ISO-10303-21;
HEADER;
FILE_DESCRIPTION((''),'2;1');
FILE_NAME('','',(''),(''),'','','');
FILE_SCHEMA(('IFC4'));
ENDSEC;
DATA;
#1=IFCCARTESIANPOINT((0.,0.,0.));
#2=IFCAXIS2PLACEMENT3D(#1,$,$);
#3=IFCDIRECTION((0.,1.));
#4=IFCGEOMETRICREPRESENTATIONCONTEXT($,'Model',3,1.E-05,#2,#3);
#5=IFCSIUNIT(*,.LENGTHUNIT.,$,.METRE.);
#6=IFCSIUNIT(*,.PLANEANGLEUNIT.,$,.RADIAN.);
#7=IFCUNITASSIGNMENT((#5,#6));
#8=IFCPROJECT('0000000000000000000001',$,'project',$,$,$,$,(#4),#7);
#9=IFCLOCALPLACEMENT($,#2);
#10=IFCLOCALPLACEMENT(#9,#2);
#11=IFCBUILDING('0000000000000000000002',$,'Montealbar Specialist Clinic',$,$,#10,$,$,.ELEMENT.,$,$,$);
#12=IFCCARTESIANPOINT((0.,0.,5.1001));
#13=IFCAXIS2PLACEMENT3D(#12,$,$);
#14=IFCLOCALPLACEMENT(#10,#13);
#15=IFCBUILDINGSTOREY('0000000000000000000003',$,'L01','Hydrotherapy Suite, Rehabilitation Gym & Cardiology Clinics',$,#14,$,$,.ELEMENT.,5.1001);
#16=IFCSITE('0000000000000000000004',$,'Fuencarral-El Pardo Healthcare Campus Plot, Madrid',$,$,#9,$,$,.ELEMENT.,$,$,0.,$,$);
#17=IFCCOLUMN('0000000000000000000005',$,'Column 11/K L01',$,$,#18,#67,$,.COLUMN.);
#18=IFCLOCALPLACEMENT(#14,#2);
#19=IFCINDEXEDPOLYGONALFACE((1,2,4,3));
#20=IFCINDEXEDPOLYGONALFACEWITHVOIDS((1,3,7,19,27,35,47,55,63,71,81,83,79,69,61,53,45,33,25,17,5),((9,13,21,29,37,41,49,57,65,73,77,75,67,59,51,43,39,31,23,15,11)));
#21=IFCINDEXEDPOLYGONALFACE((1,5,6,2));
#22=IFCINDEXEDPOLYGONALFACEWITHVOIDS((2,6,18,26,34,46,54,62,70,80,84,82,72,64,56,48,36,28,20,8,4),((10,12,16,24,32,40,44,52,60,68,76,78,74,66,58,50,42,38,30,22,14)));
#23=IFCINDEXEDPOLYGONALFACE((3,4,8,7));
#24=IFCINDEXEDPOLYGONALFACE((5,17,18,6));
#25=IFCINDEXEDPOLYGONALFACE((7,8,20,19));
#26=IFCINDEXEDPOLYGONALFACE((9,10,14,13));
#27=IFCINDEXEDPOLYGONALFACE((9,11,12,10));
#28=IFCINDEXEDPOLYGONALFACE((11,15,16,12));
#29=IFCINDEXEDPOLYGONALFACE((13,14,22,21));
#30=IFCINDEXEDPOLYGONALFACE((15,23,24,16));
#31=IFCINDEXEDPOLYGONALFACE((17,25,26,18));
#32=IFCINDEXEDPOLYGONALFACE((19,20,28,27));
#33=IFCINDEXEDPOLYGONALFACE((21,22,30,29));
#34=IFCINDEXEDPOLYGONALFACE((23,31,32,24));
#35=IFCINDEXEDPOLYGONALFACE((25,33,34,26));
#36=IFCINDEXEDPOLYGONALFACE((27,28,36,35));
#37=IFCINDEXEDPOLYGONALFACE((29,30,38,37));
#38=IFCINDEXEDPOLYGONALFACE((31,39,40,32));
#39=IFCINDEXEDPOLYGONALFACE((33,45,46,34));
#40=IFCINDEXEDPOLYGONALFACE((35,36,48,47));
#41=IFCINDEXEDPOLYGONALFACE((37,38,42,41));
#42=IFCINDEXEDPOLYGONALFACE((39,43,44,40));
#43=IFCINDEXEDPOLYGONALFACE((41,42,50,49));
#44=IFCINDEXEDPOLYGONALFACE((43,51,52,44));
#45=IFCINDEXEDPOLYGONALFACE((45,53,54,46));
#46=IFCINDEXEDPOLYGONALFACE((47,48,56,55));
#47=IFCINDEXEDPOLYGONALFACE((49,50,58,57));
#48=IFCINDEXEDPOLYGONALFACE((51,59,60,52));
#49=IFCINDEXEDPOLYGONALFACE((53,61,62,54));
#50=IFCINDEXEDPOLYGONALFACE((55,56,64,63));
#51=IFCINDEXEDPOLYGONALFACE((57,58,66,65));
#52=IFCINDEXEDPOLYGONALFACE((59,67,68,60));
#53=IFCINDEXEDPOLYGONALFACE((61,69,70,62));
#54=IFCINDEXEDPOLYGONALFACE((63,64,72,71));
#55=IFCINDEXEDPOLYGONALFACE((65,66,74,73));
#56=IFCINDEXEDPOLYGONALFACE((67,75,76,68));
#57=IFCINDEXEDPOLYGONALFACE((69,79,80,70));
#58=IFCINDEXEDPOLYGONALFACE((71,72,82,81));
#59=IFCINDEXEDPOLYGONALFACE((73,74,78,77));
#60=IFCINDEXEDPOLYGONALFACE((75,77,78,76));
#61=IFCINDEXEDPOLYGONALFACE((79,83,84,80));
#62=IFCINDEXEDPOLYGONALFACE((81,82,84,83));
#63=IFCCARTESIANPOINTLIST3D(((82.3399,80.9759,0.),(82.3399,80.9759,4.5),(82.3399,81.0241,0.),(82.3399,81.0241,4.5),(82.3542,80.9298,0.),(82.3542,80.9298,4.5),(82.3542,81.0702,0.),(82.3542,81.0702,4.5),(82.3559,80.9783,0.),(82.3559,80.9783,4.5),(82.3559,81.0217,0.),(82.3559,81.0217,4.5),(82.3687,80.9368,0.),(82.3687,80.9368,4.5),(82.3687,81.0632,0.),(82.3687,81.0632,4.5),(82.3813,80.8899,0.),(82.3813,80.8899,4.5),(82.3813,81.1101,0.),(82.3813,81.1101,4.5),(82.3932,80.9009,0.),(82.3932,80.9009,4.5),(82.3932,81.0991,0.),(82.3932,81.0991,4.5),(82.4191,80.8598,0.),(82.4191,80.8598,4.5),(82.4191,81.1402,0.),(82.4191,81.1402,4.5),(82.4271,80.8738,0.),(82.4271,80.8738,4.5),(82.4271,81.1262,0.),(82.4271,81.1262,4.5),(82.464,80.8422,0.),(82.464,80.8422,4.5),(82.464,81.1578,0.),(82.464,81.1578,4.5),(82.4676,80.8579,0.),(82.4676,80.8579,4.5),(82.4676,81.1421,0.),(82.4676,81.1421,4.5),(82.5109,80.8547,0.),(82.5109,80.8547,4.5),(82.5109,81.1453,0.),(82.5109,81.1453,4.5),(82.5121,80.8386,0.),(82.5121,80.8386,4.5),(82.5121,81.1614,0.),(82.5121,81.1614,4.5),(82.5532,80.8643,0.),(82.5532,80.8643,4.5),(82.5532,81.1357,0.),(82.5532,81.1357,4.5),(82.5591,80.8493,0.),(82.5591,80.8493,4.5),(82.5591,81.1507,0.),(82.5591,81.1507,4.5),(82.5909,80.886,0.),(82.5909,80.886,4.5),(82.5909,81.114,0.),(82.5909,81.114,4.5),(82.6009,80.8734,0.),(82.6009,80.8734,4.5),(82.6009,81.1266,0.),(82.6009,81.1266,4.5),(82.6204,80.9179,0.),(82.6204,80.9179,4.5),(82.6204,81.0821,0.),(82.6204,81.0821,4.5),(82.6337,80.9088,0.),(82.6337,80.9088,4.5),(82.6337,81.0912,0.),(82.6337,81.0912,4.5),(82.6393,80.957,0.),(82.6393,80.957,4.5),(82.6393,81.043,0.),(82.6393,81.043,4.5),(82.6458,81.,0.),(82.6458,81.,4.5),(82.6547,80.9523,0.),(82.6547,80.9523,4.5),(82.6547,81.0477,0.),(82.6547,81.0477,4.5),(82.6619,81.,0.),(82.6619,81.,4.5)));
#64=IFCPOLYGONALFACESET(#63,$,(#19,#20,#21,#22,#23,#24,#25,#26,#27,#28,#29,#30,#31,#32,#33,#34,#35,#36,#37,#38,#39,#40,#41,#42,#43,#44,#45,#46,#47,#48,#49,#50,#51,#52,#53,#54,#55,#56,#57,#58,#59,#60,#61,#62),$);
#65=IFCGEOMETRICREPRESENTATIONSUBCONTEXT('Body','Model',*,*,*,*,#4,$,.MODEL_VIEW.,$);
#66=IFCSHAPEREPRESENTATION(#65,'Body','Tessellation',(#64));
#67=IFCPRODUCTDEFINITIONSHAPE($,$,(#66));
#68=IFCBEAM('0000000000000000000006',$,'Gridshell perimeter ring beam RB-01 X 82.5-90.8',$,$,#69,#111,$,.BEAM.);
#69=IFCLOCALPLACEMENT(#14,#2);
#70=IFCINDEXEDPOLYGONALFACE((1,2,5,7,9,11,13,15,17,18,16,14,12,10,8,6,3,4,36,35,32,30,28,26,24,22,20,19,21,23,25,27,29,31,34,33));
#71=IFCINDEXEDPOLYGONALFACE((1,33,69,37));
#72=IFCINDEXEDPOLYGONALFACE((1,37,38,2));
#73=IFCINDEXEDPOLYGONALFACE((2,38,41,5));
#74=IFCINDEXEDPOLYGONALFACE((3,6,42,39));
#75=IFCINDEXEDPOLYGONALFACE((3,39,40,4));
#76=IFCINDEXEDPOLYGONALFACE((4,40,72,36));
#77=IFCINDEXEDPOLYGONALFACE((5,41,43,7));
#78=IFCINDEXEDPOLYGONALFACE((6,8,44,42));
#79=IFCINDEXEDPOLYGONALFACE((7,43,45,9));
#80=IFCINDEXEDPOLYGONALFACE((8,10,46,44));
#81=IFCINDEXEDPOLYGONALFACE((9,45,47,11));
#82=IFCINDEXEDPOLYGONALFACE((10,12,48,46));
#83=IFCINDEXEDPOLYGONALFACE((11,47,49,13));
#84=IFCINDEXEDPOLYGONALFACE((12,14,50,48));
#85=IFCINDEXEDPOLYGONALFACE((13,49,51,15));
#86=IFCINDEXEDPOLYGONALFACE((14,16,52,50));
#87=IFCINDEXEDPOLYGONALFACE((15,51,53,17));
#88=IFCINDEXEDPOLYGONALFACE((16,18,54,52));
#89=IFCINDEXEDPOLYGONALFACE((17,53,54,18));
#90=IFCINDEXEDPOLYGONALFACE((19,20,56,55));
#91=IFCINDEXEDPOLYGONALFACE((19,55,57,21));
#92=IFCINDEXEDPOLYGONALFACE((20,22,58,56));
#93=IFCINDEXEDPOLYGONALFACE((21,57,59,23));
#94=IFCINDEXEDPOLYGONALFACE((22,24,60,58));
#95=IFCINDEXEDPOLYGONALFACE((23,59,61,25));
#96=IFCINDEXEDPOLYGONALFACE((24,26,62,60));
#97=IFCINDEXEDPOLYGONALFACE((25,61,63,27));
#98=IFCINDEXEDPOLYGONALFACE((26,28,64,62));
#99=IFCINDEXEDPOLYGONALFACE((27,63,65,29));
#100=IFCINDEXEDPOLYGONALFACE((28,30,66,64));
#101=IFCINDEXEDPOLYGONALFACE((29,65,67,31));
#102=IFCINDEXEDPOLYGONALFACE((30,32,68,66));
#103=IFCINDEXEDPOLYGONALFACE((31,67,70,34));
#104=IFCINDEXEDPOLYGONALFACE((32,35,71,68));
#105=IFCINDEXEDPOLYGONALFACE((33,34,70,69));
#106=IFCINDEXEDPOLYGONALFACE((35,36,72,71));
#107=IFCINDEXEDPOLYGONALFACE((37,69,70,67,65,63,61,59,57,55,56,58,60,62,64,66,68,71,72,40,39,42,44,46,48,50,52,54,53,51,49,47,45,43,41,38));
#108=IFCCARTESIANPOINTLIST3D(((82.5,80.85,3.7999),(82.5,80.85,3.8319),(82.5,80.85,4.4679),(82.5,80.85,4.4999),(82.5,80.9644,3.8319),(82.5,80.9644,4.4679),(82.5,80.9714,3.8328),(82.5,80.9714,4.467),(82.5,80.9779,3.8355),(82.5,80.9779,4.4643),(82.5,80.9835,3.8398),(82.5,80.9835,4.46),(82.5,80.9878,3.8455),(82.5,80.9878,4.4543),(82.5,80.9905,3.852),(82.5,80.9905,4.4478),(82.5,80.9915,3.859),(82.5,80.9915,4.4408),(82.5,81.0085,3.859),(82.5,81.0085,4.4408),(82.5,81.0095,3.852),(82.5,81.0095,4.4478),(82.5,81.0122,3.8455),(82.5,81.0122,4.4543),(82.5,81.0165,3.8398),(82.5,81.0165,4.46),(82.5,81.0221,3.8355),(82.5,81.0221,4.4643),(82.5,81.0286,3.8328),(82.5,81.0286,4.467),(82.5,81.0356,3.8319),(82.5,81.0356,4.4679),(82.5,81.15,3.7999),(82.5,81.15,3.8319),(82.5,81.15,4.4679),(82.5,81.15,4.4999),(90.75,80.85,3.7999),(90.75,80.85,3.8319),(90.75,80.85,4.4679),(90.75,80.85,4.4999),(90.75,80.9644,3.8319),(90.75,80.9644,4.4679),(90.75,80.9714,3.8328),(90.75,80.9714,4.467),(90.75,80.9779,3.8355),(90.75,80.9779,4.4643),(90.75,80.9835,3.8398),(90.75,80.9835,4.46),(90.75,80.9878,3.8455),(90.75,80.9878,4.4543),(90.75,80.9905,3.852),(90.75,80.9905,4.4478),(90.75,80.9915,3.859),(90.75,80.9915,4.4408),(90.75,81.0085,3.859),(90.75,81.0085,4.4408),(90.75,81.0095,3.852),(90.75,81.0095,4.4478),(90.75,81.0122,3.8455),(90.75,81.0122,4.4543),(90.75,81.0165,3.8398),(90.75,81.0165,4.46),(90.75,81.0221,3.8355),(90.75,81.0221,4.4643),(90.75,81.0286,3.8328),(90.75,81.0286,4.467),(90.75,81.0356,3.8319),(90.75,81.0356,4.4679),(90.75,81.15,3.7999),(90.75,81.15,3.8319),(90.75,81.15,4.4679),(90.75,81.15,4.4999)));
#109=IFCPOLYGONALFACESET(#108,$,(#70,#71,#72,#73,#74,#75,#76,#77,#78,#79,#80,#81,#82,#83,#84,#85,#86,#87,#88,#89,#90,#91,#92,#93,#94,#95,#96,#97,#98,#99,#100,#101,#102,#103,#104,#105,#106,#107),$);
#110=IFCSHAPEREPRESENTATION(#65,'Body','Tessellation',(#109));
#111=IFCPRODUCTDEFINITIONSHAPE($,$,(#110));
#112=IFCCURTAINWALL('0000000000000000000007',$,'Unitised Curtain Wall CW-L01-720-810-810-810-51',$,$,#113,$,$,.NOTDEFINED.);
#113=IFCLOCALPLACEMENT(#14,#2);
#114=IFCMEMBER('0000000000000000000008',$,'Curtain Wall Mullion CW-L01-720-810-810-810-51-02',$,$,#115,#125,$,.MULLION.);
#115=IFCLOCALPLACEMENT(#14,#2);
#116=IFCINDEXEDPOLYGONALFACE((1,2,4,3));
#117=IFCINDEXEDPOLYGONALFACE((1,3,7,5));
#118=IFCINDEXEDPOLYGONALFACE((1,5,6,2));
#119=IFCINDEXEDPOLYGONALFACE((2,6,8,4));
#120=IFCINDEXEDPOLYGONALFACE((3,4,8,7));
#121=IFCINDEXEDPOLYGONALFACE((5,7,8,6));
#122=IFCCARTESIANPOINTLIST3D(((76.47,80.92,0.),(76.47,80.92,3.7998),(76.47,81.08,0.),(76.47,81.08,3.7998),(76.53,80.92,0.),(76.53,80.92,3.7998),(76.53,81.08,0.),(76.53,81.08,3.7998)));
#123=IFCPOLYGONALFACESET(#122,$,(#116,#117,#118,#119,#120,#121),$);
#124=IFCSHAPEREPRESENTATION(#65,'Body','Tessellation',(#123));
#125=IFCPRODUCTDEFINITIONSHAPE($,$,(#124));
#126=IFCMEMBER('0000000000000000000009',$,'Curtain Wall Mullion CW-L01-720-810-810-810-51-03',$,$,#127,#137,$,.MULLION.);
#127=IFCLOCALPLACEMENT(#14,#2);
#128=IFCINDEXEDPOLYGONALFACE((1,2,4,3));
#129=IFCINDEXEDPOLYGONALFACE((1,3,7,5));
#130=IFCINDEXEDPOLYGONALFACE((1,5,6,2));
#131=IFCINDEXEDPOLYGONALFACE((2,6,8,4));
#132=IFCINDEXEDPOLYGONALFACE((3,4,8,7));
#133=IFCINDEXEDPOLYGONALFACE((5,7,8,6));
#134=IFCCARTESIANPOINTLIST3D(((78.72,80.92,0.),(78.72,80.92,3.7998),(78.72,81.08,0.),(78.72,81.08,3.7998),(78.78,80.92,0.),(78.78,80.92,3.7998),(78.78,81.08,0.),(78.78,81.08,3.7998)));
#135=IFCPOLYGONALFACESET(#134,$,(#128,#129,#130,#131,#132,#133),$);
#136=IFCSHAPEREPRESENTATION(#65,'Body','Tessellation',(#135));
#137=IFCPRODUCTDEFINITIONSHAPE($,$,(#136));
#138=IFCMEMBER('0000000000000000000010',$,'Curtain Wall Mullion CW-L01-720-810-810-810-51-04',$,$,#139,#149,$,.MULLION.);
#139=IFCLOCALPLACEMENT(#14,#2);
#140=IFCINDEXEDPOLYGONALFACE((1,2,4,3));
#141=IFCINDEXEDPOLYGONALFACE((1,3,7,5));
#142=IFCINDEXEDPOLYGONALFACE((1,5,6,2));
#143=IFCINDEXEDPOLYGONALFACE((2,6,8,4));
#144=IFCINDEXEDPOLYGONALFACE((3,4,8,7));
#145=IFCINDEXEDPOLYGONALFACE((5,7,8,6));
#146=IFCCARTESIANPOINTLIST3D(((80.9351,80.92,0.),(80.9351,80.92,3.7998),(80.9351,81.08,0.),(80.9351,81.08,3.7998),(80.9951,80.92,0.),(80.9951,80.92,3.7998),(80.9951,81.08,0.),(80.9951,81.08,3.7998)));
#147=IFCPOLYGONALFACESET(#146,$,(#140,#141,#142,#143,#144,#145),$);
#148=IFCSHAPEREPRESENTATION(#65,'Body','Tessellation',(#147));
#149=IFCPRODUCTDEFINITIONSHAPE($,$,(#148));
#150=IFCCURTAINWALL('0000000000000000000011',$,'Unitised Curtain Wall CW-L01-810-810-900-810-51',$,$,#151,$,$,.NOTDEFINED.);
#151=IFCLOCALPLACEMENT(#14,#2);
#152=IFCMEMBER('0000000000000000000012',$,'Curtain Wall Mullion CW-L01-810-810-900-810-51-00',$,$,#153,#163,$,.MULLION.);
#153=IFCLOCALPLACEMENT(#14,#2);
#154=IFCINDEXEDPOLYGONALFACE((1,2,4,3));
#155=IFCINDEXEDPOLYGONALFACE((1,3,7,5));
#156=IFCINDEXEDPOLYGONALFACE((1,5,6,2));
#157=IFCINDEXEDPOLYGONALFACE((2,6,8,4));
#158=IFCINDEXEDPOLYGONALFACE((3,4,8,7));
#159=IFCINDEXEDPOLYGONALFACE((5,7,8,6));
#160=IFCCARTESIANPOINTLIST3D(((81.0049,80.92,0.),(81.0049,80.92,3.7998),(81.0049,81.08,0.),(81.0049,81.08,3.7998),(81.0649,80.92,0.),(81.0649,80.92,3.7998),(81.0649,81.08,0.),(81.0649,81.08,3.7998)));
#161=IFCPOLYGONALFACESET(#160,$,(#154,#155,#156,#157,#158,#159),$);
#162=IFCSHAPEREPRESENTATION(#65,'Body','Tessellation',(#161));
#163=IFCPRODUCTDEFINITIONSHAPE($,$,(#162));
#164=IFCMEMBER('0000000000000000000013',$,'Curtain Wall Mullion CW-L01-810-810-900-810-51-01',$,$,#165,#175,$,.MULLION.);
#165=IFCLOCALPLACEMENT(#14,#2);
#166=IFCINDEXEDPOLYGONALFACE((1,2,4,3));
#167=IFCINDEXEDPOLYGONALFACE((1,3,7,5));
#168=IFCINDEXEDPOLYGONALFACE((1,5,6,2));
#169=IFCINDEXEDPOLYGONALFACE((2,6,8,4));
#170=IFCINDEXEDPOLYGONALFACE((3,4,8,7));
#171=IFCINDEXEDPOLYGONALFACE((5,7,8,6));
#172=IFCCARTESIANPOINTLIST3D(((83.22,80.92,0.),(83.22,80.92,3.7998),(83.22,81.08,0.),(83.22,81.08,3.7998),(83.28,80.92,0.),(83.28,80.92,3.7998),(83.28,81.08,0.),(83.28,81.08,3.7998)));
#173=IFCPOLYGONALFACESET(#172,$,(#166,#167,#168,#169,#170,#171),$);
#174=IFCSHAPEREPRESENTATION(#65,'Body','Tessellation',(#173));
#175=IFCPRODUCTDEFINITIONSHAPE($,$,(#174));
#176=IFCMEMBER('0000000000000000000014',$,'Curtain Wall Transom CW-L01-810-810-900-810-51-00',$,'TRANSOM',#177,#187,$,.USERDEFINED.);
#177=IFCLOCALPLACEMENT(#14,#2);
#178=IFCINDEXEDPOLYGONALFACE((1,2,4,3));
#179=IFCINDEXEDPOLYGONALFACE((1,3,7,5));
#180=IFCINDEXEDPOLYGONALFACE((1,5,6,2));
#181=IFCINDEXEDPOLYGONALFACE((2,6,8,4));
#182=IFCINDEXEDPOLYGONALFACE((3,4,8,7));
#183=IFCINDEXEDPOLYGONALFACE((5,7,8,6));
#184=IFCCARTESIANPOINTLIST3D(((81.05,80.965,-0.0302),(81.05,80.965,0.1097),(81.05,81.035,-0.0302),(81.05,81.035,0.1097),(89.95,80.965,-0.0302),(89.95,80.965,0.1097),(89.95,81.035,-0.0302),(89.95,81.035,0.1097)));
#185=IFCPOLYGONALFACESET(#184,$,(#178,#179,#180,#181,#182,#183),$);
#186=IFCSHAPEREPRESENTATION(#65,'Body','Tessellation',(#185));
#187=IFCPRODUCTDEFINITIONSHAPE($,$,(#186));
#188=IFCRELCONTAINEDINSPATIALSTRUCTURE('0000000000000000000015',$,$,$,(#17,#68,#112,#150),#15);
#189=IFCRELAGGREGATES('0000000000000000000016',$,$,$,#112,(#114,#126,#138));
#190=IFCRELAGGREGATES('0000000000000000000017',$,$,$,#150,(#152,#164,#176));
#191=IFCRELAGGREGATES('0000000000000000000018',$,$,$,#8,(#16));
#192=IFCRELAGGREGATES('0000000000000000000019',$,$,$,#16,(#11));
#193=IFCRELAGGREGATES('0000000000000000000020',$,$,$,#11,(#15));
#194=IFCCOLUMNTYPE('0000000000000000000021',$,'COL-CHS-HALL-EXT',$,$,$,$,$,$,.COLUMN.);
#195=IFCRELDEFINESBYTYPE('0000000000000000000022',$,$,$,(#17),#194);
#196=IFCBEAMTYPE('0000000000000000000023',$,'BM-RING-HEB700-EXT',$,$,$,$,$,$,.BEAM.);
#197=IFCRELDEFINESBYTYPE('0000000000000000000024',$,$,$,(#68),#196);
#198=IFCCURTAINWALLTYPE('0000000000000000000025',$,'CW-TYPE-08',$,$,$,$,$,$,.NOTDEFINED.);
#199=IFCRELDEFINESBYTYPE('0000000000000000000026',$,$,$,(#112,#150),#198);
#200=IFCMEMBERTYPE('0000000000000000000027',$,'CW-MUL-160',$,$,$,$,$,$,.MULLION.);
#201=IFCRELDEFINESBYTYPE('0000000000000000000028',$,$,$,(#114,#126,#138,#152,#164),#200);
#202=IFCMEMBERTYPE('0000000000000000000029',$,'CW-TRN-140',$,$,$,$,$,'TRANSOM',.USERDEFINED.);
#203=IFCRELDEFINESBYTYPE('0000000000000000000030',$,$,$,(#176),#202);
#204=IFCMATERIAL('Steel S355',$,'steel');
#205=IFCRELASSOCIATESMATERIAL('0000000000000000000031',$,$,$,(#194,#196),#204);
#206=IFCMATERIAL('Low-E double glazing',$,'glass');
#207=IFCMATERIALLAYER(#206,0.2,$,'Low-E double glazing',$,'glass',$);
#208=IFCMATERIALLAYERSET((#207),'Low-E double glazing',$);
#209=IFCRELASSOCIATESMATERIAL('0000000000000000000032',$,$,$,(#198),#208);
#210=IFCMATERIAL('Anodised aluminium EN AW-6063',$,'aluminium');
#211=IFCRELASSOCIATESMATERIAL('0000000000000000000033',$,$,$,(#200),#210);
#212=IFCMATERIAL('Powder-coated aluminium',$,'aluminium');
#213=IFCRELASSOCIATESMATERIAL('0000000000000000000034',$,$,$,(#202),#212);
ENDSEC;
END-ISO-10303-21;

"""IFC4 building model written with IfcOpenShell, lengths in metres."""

from ifc_helpers import new_model, si_unit, direction, frame, origin, origin_2d, place, context, subcontext, project, spatial, rectangle, hollow_circle, i_section, extrude, material, layer, layer_set, material_profile, profile_set, type_object, element, aggregate, save


model = new_model("IFC4")

# Units and contexts
model_context = context("Model", 3, precision=1e-05, world=origin(), true_north=direction((0.0, 1.0)))
body_context = subcontext(model_context, "Body", "Model", "MODEL_VIEW")
ifc_project = project(units=[si_unit("LENGTHUNIT", "METRE"), si_unit("PLANEANGLEUNIT", "RADIAN")], contexts=[model_context])

# Site, building, storey
site_placement = place(None, origin())
site = spatial("IfcSite", under=ifc_project, at=site_placement, Name="Fuencarral-El Pardo Healthcare Campus Plot, Madrid", CompositionType="ELEMENT", RefElevation=0.0)
building_placement = place(site_placement, origin())
building = spatial("IfcBuilding", under=site, at=building_placement, Name="Montealbar Specialist Clinic", CompositionType="ELEMENT")
storey_placement = place(building_placement, frame((0.0, 0.0, 5.1001)))
storey = spatial("IfcBuildingStorey", under=building, at=storey_placement, Name="L01", Description="Hydrotherapy Suite, Rehabilitation Gym & Cardiology Clinics", CompositionType="ELEMENT", Elevation=5.1001)

# Column
ifc_material_1 = material(Name="Steel S355", Category="steel")
ifc_material_profile_1 = material_profile(ifc_material_1, hollow_circle(Radius=0.1619, WallThickness=0.0161, at=origin_2d()), Name="CHS 323.9x16.0", Category="steel")
ifc_profile_set_1 = profile_set([ifc_material_profile_1], Name="Steel S355")
column_type = type_object("IfcColumnType", Name="COL-CHS-HALL-EXT", PredefinedType="COLUMN", material=ifc_profile_set_1)
column_placement = place(storey_placement, frame((82.5, 81.0, 0.0), z_axis=(0.0, 0.0, 1.0), x_axis=(1.0, 0.0, 0.0)))
element("IfcColumn", 1, at=column_placement, inside=storey, type_object=column_type, Name="Column 11/K L01", PredefinedType="COLUMN", context=body_context, shape_type="SweptSolid", body=[
    extrude(hollow_circle(Radius=0.1619, WallThickness=0.0161, at=origin_2d()), origin(), (0.0, 0.0, 1.0), 4.5),
])

# Beam
ifc_material_profile_2 = material_profile(ifc_material_1, i_section(OverallWidth=0.3, OverallDepth=0.7, WebThickness=0.0171, FlangeThickness=0.032, FilletRadius=0.0271, at=origin_2d()), Name="HEB 700", Category="steel")
ifc_profile_set_2 = profile_set([ifc_material_profile_2], Name="Steel S355")
beam_type = type_object("IfcBeamType", Name="BM-RING-HEB700-EXT", PredefinedType="BEAM", material=ifc_profile_set_2)
beam_placement = place(storey_placement, frame((82.5, 81.0, 4.1499), z_axis=(1.0, 0.0, 0.0), x_axis=(0.0, 1.0, 0.0)))
element("IfcBeam", 2, at=beam_placement, inside=storey, type_object=beam_type, Name="Gridshell perimeter ring beam RB-01 X 82.5-90.8", PredefinedType="BEAM", context=body_context, shape_type="SweptSolid", body=[
    extrude(i_section(OverallWidth=0.3, OverallDepth=0.7, WebThickness=0.0171, FlangeThickness=0.032, FilletRadius=0.0271, at=origin_2d()), origin(), (0.0, 0.0, 1.0), 8.25),
])

# Curtain walls, members
ifc_material_2 = material(Name="Low-E double glazing", Category="glass")
ifc_layer_1 = layer(ifc_material_2, 0.2, Name="Low-E double glazing", Category="glass")
ifc_layer_set_1 = layer_set([ifc_layer_1], Name="Low-E double glazing")
curtain_wall_type = type_object("IfcCurtainWallType", Name="CW-TYPE-08", PredefinedType="NOTDEFINED", material=ifc_layer_set_1)
curtain_wall_1_placement = place(storey_placement, origin())
curtain_wall_1 = element("IfcCurtainWall", 3, at=curtain_wall_1_placement, inside=storey, type_object=curtain_wall_type, Name="Unitised Curtain Wall CW-L01-720-810-810-810-51", PredefinedType="NOTDEFINED")
ifc_material_3 = material(Name="Anodised aluminium EN AW-6063", Category="aluminium")
ifc_material_profile_3 = material_profile(ifc_material_3, rectangle(XDim=0.0601, YDim=0.1599, at=origin_2d()), Name="ALU 60x160", Category="aluminium")
ifc_profile_set_3 = profile_set([ifc_material_profile_3], Name="Anodised aluminium EN AW-6063")
member_type_1 = type_object("IfcMemberType", Name="CW-MUL-160", PredefinedType="MULLION", material=ifc_profile_set_3)
member_1_placement = place(storey_placement, frame((76.5, 81.0, 0.0), z_axis=(0.0, 0.0, 1.0), x_axis=(1.0, 0.0, 0.0)))
member_1 = element("IfcMember", 4, at=member_1_placement, type_object=member_type_1, Name="Curtain Wall Mullion CW-L01-720-810-810-810-51-02", PredefinedType="MULLION", context=body_context, shape_type="SweptSolid", body=[
    extrude(rectangle(XDim=0.0601, YDim=0.1599, at=origin_2d()), origin(), (0.0, 0.0, 1.0), 3.7998),
])
member_2_placement = place(storey_placement, frame((78.75, 81.0, 0.0), z_axis=(0.0, 0.0, 1.0), x_axis=(1.0, 0.0, 0.0)))
member_2 = element("IfcMember", 5, at=member_2_placement, type_object=member_type_1, Name="Curtain Wall Mullion CW-L01-720-810-810-810-51-03", PredefinedType="MULLION", context=body_context, shape_type="SweptSolid", body=[
    extrude(rectangle(XDim=0.0601, YDim=0.1599, at=origin_2d()), origin(), (0.0, 0.0, 1.0), 3.7998),
])
member_3_placement = place(storey_placement, frame((80.9651, 81.0, 0.0), z_axis=(0.0, 0.0, 1.0), x_axis=(1.0, 0.0, 0.0)))
member_3 = element("IfcMember", 6, at=member_3_placement, type_object=member_type_1, Name="Curtain Wall Mullion CW-L01-720-810-810-810-51-04", PredefinedType="MULLION", context=body_context, shape_type="SweptSolid", body=[
    extrude(rectangle(XDim=0.0601, YDim=0.1599, at=origin_2d()), origin(), (0.0, 0.0, 1.0), 3.7998),
])
curtain_wall_2_placement = place(storey_placement, origin())
curtain_wall_2 = element("IfcCurtainWall", 7, at=curtain_wall_2_placement, inside=storey, type_object=curtain_wall_type, Name="Unitised Curtain Wall CW-L01-810-810-900-810-51", PredefinedType="NOTDEFINED")
member_4_placement = place(storey_placement, frame((81.0349, 81.0, 0.0), z_axis=(0.0, 0.0, 1.0), x_axis=(1.0, 0.0, 0.0)))
member_4 = element("IfcMember", 8, at=member_4_placement, type_object=member_type_1, Name="Curtain Wall Mullion CW-L01-810-810-900-810-51-00", PredefinedType="MULLION", context=body_context, shape_type="SweptSolid", body=[
    extrude(rectangle(XDim=0.0601, YDim=0.1599, at=origin_2d()), origin(), (0.0, 0.0, 1.0), 3.7998),
])
member_5_placement = place(storey_placement, frame((83.25, 81.0, 0.0), z_axis=(0.0, 0.0, 1.0), x_axis=(1.0, 0.0, 0.0)))
member_5 = element("IfcMember", 9, at=member_5_placement, type_object=member_type_1, Name="Curtain Wall Mullion CW-L01-810-810-900-810-51-01", PredefinedType="MULLION", context=body_context, shape_type="SweptSolid", body=[
    extrude(rectangle(XDim=0.0601, YDim=0.1599, at=origin_2d()), origin(), (0.0, 0.0, 1.0), 3.7998),
])
ifc_material_4 = material(Name="Powder-coated aluminium", Category="aluminium")
ifc_material_profile_4 = material_profile(ifc_material_4, rectangle(XDim=0.0701, YDim=0.1399, at=origin_2d()), Name="ALU 70x140", Category="aluminium")
ifc_profile_set_4 = profile_set([ifc_material_profile_4], Name="Powder-coated aluminium")
member_type_2 = type_object("IfcMemberType", Name="CW-TRN-140", ElementType="TRANSOM", PredefinedType="USERDEFINED", material=ifc_profile_set_4)
member_6_placement = place(storey_placement, frame((81.05, 81.0, 0.0398), z_axis=(1.0, 0.0, 0.0), x_axis=(0.0, 1.0, 0.0)))
member_6 = element("IfcMember", 10, at=member_6_placement, type_object=member_type_2, Name="Curtain Wall Transom CW-L01-810-810-900-810-51-00", ObjectType="TRANSOM", PredefinedType="USERDEFINED", context=body_context, shape_type="SweptSolid", body=[
    extrude(rectangle(XDim=0.0701, YDim=0.1399, at=origin_2d()), origin(), (0.0, 0.0, 1.0), 8.8999),
])

aggregate(curtain_wall_1, [member_1, member_2, member_3])
aggregate(curtain_wall_2, [member_4, member_5, member_6])

save(model, "model.ifc")
